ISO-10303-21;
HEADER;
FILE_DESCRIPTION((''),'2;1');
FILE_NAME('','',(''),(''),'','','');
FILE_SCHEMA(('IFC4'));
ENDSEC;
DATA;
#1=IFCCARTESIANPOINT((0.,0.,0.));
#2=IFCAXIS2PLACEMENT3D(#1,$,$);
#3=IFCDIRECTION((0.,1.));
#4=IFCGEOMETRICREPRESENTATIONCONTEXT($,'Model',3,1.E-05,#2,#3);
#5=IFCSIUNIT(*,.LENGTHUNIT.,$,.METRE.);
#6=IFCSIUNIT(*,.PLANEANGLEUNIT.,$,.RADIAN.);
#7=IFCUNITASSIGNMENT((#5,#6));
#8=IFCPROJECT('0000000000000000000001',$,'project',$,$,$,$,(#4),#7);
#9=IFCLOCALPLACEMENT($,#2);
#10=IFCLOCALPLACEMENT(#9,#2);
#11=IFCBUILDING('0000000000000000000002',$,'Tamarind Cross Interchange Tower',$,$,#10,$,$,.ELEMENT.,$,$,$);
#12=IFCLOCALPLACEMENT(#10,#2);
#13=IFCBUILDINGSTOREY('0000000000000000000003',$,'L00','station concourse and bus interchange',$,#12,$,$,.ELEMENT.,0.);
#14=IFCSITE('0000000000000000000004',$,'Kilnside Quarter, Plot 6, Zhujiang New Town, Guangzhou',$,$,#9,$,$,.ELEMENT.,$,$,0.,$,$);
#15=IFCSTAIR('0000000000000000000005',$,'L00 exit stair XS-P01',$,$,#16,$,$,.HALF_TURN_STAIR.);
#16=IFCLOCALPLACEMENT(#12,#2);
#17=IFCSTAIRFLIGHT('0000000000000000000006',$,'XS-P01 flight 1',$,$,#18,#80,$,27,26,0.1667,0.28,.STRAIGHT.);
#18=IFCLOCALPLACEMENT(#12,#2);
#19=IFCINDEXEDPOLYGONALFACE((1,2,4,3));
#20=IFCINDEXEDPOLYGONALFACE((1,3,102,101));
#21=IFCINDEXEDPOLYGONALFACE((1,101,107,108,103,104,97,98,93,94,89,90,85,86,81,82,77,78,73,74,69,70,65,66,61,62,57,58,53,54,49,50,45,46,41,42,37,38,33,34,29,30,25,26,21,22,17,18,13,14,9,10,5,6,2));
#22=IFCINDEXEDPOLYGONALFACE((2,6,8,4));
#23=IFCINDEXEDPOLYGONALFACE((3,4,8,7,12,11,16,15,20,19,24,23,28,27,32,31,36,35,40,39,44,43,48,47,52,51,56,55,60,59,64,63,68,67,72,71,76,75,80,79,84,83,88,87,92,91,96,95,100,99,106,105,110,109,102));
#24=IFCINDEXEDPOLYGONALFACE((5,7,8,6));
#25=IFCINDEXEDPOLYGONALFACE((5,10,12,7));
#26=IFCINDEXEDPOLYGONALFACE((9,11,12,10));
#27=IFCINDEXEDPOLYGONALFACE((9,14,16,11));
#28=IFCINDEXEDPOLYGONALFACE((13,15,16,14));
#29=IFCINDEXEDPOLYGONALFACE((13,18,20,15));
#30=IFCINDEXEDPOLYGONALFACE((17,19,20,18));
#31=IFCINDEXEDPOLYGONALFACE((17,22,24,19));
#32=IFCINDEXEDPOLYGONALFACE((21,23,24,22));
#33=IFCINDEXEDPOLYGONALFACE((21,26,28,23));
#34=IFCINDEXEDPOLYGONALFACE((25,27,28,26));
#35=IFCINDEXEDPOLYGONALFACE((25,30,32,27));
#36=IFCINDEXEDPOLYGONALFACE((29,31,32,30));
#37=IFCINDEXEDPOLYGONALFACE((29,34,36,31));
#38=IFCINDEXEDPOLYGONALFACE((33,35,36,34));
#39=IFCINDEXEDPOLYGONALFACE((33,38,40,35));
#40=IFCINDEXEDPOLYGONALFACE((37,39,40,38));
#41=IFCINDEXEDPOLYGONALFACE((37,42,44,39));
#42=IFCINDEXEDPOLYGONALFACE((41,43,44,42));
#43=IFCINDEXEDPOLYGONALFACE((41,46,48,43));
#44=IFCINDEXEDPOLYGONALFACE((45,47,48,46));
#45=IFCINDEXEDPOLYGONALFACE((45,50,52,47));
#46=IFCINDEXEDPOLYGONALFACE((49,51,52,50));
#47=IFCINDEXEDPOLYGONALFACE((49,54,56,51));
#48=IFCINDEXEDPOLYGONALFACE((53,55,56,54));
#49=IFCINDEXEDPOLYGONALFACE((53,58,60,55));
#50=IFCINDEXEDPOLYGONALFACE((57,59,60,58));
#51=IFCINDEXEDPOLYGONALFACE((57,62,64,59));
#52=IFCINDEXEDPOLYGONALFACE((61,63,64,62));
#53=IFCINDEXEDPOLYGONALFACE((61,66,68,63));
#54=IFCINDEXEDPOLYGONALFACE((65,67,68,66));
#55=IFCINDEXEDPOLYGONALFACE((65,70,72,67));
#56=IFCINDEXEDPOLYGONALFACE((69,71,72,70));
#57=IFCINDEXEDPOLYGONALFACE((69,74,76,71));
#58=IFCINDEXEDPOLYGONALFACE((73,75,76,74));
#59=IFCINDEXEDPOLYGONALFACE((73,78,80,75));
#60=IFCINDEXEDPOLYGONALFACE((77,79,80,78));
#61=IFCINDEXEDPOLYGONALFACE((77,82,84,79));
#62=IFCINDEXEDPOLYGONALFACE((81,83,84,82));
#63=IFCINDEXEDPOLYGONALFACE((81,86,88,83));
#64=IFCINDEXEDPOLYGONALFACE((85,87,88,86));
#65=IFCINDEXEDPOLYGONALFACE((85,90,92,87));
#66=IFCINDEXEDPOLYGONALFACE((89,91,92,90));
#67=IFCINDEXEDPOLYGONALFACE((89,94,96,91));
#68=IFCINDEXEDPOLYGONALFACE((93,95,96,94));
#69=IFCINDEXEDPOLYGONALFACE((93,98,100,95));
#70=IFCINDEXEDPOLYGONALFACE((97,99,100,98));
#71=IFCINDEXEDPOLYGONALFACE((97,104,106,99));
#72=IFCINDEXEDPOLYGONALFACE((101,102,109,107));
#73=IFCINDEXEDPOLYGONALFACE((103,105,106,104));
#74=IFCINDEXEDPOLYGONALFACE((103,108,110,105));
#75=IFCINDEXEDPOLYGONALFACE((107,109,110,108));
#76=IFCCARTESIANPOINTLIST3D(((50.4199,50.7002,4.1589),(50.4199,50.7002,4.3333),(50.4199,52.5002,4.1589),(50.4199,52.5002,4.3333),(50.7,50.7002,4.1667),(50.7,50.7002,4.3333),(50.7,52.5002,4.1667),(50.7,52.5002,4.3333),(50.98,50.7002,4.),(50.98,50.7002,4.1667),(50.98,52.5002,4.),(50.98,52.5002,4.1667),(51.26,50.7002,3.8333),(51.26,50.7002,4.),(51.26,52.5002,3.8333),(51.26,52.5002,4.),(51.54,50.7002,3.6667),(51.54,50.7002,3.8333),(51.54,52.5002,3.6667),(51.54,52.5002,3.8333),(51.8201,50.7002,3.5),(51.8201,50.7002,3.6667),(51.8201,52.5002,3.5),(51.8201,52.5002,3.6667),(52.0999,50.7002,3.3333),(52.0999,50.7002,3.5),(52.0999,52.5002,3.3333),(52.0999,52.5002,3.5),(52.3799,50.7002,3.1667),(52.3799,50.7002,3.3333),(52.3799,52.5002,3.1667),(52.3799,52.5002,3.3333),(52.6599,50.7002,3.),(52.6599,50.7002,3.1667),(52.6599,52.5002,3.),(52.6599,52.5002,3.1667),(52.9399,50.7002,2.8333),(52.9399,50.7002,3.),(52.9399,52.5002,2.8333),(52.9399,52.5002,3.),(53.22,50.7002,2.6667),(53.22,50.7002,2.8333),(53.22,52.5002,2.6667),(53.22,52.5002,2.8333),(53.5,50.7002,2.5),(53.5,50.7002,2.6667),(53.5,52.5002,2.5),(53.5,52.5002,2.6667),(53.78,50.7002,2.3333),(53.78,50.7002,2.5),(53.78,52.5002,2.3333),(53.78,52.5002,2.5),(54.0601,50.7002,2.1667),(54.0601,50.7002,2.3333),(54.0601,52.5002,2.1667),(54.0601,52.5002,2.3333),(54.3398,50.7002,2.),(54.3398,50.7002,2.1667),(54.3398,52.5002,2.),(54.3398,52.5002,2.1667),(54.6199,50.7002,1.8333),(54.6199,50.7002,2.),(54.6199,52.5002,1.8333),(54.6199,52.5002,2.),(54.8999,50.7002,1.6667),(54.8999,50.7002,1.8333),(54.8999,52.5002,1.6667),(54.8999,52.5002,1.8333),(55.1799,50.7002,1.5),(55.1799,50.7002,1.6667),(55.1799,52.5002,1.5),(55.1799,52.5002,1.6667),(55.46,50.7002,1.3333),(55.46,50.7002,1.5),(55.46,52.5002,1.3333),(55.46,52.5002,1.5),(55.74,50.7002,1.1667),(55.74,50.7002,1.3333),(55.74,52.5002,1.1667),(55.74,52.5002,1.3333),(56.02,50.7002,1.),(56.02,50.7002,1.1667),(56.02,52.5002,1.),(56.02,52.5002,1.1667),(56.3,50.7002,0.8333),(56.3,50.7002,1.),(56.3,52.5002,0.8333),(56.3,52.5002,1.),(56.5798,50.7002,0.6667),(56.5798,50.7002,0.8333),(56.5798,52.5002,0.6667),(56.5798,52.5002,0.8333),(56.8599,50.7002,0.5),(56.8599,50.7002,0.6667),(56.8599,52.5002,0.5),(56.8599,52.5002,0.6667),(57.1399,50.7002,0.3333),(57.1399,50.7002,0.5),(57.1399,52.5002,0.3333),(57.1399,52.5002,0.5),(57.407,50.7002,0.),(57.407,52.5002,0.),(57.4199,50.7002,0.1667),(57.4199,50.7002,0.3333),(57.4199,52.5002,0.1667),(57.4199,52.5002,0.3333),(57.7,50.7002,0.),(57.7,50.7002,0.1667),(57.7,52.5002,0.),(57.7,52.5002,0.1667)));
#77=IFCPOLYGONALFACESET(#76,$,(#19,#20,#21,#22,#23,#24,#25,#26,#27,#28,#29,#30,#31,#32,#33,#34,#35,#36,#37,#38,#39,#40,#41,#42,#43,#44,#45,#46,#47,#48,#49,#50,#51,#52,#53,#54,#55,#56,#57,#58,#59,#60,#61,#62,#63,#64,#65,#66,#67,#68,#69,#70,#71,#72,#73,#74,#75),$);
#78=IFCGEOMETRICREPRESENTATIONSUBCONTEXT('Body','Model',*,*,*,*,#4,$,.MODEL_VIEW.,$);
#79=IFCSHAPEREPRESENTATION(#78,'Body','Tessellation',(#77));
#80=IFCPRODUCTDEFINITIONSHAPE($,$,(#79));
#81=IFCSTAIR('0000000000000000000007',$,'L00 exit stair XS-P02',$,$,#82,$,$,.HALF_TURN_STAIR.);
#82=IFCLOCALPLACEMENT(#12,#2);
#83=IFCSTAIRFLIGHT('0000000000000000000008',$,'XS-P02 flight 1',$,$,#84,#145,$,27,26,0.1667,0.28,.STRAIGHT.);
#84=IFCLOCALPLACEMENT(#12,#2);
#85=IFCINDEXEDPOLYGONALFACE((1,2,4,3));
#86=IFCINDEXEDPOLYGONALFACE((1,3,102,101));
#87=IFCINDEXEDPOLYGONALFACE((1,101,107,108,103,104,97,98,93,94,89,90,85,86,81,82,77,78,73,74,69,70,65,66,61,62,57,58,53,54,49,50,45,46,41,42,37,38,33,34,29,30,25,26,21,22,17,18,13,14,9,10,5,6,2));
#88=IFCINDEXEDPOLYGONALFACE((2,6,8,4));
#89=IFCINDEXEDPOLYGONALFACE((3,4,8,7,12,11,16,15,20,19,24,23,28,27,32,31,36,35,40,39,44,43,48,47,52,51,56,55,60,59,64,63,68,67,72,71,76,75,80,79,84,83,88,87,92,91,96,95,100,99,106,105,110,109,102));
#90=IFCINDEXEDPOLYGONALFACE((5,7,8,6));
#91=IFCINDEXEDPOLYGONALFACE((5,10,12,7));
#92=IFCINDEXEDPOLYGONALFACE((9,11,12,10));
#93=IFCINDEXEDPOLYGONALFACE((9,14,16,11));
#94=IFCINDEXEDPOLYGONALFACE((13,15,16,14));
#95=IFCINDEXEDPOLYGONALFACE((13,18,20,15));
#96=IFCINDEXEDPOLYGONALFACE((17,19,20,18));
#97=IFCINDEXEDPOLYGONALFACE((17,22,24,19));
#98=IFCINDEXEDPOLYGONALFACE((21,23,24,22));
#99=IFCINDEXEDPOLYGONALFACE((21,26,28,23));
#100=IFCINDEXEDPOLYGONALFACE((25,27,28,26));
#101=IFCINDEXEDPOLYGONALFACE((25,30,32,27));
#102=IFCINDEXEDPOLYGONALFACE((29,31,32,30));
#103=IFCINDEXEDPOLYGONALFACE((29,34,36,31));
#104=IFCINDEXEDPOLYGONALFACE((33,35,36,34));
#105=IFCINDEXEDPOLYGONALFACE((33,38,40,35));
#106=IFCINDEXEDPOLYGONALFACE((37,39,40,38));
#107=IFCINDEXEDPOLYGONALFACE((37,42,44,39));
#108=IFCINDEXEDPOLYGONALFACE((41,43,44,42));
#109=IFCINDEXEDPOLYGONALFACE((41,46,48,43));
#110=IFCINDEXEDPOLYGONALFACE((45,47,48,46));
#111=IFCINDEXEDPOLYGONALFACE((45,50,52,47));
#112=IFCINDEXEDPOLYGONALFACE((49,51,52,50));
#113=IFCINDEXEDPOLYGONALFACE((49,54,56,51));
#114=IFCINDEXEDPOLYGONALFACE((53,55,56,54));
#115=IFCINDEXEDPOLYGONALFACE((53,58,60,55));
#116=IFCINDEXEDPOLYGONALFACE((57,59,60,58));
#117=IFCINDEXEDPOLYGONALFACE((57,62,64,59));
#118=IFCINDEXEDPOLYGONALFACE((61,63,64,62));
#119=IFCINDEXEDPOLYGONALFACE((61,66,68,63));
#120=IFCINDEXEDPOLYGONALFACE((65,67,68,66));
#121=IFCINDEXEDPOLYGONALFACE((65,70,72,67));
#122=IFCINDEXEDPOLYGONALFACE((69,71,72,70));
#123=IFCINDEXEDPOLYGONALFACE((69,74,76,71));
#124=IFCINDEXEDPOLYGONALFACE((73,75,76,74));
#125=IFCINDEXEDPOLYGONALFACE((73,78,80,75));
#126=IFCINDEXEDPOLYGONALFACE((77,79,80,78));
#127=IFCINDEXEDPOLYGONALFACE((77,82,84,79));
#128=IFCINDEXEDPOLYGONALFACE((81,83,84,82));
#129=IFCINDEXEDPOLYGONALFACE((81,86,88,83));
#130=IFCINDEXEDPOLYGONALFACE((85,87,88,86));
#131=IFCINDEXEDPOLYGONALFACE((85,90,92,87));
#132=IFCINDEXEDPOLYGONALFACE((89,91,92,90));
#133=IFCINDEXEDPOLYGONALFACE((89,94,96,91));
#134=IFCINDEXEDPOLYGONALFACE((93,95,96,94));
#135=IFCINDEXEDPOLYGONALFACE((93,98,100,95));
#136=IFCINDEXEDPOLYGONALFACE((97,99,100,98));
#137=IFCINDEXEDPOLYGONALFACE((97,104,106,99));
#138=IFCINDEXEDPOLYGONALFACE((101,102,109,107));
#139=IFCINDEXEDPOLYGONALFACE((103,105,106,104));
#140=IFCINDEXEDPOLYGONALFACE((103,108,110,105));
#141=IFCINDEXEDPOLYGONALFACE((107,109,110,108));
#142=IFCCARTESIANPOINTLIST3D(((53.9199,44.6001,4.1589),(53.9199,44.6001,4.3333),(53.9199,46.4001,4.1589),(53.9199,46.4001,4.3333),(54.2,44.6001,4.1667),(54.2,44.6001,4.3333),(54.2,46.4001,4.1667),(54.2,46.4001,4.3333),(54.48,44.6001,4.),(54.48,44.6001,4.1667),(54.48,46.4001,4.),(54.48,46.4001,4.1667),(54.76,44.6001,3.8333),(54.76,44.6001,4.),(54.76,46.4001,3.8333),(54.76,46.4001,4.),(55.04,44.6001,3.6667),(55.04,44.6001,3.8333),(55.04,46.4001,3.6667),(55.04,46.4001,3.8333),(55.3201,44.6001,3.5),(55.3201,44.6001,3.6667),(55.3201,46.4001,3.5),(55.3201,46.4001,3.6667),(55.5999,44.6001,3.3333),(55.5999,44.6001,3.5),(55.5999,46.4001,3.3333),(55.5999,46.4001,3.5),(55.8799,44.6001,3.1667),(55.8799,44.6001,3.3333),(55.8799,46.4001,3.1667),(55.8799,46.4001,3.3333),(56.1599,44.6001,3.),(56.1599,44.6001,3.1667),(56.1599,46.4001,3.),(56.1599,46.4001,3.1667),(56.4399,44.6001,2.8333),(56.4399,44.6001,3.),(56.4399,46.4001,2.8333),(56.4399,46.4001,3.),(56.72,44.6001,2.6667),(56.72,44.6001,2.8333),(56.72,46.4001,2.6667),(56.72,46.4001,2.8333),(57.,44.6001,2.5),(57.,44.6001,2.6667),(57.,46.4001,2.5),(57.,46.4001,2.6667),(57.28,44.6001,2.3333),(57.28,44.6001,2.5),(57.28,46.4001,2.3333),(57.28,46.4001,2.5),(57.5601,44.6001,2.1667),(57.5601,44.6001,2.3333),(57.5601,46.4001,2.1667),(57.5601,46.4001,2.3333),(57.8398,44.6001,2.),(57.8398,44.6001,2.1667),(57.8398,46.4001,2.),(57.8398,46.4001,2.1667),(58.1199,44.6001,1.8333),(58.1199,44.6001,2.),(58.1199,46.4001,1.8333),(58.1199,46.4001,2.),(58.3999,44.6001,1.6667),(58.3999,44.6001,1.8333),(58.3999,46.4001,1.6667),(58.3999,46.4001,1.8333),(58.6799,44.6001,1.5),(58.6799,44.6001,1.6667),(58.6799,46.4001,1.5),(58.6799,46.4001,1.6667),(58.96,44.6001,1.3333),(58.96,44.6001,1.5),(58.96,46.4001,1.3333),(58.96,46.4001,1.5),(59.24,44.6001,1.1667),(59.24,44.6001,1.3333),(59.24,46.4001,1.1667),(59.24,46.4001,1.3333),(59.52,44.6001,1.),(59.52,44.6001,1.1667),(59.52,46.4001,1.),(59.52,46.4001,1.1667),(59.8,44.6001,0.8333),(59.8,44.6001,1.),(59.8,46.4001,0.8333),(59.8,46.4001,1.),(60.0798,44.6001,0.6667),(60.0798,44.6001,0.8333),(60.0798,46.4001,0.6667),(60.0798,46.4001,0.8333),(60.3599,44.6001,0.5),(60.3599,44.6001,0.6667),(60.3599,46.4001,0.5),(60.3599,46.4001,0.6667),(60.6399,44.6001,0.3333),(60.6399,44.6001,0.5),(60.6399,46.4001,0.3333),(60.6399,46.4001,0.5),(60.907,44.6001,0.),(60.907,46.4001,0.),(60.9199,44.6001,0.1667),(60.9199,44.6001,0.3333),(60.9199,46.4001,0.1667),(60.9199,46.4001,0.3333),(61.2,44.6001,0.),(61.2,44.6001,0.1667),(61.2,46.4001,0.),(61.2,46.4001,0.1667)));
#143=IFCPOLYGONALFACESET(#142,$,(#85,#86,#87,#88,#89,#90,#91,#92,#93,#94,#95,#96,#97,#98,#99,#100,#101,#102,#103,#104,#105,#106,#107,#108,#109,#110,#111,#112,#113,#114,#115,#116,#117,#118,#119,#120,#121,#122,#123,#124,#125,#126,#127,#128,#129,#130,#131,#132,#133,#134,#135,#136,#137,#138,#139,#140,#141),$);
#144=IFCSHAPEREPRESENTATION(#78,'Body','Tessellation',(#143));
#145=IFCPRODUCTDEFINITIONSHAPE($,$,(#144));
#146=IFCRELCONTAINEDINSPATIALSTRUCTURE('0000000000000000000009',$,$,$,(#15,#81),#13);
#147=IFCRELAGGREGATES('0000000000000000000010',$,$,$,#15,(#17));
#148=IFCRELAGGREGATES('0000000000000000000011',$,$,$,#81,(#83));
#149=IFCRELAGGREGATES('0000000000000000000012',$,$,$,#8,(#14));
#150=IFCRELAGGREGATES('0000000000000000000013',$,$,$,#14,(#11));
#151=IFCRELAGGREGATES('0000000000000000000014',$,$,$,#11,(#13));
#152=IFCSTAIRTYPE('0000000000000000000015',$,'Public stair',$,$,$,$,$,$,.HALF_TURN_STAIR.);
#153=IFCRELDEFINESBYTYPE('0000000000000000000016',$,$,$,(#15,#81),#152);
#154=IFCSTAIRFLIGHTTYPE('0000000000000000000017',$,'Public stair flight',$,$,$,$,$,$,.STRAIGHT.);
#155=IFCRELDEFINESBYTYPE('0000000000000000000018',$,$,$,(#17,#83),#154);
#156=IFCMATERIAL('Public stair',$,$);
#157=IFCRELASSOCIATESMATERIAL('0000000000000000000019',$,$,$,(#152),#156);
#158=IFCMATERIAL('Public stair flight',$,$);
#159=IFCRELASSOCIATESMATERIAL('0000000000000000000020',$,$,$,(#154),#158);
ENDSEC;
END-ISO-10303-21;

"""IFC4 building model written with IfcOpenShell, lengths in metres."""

from ifc_helpers import new_model, si_unit, direction, frame, origin, place, context, subcontext, project, spatial, polyline, outline, extrude, material, type_object, element, aggregate, save


model = new_model("IFC4")

# Units and contexts
model_context = context("Model", 3, precision=1e-05, world=origin(), true_north=direction((0.0, 1.0)))
body_context = subcontext(model_context, "Body", "Model", "MODEL_VIEW")
ifc_project = project(units=[si_unit("LENGTHUNIT", "METRE"), si_unit("PLANEANGLEUNIT", "RADIAN")], contexts=[model_context])

# Site, building, storey
site_placement = place(None, origin())
site = spatial("IfcSite", under=ifc_project, at=site_placement, Name="Kilnside Quarter, Plot 6, Zhujiang New Town, Guangzhou", CompositionType="ELEMENT", RefElevation=0.0)
building_placement = place(site_placement, origin())
building = spatial("IfcBuilding", under=site, at=building_placement, Name="Tamarind Cross Interchange Tower", CompositionType="ELEMENT")
storey_placement = place(building_placement, origin())
storey = spatial("IfcBuildingStorey", under=building, at=storey_placement, Name="L00", Description="station concourse and bus interchange", CompositionType="ELEMENT", Elevation=0.0)

# Stairs, stair flights
ifc_material_1 = material(Name="Public stair")
stair_type = type_object("IfcStairType", Name="Public stair", PredefinedType="HALF_TURN_STAIR", material=ifc_material_1)
stair_1_placement = place(storey_placement, origin())
stair_1 = element("IfcStair", 1, at=stair_1_placement, inside=storey, type_object=stair_type, Name="L00 exit stair XS-P01", PredefinedType="HALF_TURN_STAIR")
ifc_material_2 = material(Name="Public stair flight")
stair_flight_type = type_object("IfcStairFlightType", Name="Public stair flight", PredefinedType="STRAIGHT", material=ifc_material_2)
stair_flight_1_placement = place(storey_placement, frame((57.7, 51.6001, 0.0), z_axis=(0.0, 0.0, 1.0), x_axis=(-1.0, 0.0, 0.0)))
stair_flight_1 = element("IfcStairFlight", 2, at=stair_flight_1_placement, type_object=stair_flight_type, Name="XS-P01 flight 1", NumberOfRisers=27, NumberOfTreads=26, PredefinedType="STRAIGHT", RiserHeight=0.1667, TreadLength=0.28, context=body_context, shape_type="SweptSolid", body=[
    extrude(outline(polyline([(0.0, 0.0), (0.0, 0.1667), (0.28, 0.1667), (0.28, 0.3333), (0.5601, 0.3333), (0.5601, 0.5), (0.8401, 0.5), (0.8401, 0.6667), (1.1201, 0.6667), (1.1201, 0.8333), (1.3999, 0.8333), (1.3999, 1.0), (1.6799, 1.0), (1.6799, 1.1667), (1.96, 1.1667), (1.96, 1.3333), (2.24, 1.3333), (2.24, 1.5), (2.52, 1.5), (2.52, 1.6667), (2.8, 1.6667), (2.8, 1.8333), (3.0801, 1.8333), (3.0801, 2.0), (3.3601, 2.0), (3.3601, 2.1667), (3.6399, 2.1667), (3.6399, 2.3333), (3.9199, 2.3333), (3.9199, 2.5), (4.2, 2.5), (4.2, 2.6667), (4.48, 2.6667), (4.48, 2.8333), (4.76, 2.8333), (4.76, 3.0), (5.04, 3.0), (5.04, 3.1667), (5.3201, 3.1667), (5.3201, 3.3333), (5.6001, 3.3333), (5.6001, 3.5), (5.8799, 3.5), (5.8799, 3.6667), (6.1599, 3.6667), (6.1599, 3.8333), (6.4399, 3.8333), (6.4399, 4.0), (6.72, 4.0), (6.72, 4.1667), (7.0, 4.1667), (7.0, 4.3333), (7.28, 4.3333), (7.28, 4.5), (7.28, 4.1589), (0.293, 0.0), (0.0, 0.0)])), frame((0.0, 0.8999, 0.0), z_axis=(0.0, -1.0, 0.0), x_axis=(1.0, 0.0, 0.0)), (0.0, 0.0, 1.0), 1.8),
])
aggregate(stair_1, [stair_flight_1])
stair_2_placement = place(storey_placement, origin())
stair_2 = element("IfcStair", 3, at=stair_2_placement, inside=storey, type_object=stair_type, Name="L00 exit stair XS-P02", PredefinedType="HALF_TURN_STAIR")
stair_flight_2_placement = place(storey_placement, frame((61.2, 45.5, 0.0), z_axis=(0.0, 0.0, 1.0), x_axis=(-1.0, 0.0, 0.0)))
stair_flight_2 = element("IfcStairFlight", 4, at=stair_flight_2_placement, type_object=stair_flight_type, Name="XS-P02 flight 1", NumberOfRisers=27, NumberOfTreads=26, PredefinedType="STRAIGHT", RiserHeight=0.1667, TreadLength=0.28, context=body_context, shape_type="SweptSolid", body=[
    extrude(outline(polyline([(0.0, 0.0), (0.0, 0.1667), (0.28, 0.1667), (0.28, 0.3333), (0.5601, 0.3333), (0.5601, 0.5), (0.8401, 0.5), (0.8401, 0.6667), (1.1201, 0.6667), (1.1201, 0.8333), (1.3999, 0.8333), (1.3999, 1.0), (1.6799, 1.0), (1.6799, 1.1667), (1.96, 1.1667), (1.96, 1.3333), (2.24, 1.3333), (2.24, 1.5), (2.52, 1.5), (2.52, 1.6667), (2.8, 1.6667), (2.8, 1.8333), (3.0801, 1.8333), (3.0801, 2.0), (3.3601, 2.0), (3.3601, 2.1667), (3.6399, 2.1667), (3.6399, 2.3333), (3.9199, 2.3333), (3.9199, 2.5), (4.2, 2.5), (4.2, 2.6667), (4.48, 2.6667), (4.48, 2.8333), (4.76, 2.8333), (4.76, 3.0), (5.04, 3.0), (5.04, 3.1667), (5.3201, 3.1667), (5.3201, 3.3333), (5.6001, 3.3333), (5.6001, 3.5), (5.8799, 3.5), (5.8799, 3.6667), (6.1599, 3.6667), (6.1599, 3.8333), (6.4399, 3.8333), (6.4399, 4.0), (6.72, 4.0), (6.72, 4.1667), (7.0, 4.1667), (7.0, 4.3333), (7.28, 4.3333), (7.28, 4.5), (7.28, 4.1589), (0.293, 0.0), (0.0, 0.0)])), frame((0.0, 0.8999, 0.0), z_axis=(0.0, -1.0, 0.0), x_axis=(1.0, 0.0, 0.0)), (0.0, 0.0, 1.0), 1.8),
])
aggregate(stair_2, [stair_flight_2])

save(model, "model.ifc")
